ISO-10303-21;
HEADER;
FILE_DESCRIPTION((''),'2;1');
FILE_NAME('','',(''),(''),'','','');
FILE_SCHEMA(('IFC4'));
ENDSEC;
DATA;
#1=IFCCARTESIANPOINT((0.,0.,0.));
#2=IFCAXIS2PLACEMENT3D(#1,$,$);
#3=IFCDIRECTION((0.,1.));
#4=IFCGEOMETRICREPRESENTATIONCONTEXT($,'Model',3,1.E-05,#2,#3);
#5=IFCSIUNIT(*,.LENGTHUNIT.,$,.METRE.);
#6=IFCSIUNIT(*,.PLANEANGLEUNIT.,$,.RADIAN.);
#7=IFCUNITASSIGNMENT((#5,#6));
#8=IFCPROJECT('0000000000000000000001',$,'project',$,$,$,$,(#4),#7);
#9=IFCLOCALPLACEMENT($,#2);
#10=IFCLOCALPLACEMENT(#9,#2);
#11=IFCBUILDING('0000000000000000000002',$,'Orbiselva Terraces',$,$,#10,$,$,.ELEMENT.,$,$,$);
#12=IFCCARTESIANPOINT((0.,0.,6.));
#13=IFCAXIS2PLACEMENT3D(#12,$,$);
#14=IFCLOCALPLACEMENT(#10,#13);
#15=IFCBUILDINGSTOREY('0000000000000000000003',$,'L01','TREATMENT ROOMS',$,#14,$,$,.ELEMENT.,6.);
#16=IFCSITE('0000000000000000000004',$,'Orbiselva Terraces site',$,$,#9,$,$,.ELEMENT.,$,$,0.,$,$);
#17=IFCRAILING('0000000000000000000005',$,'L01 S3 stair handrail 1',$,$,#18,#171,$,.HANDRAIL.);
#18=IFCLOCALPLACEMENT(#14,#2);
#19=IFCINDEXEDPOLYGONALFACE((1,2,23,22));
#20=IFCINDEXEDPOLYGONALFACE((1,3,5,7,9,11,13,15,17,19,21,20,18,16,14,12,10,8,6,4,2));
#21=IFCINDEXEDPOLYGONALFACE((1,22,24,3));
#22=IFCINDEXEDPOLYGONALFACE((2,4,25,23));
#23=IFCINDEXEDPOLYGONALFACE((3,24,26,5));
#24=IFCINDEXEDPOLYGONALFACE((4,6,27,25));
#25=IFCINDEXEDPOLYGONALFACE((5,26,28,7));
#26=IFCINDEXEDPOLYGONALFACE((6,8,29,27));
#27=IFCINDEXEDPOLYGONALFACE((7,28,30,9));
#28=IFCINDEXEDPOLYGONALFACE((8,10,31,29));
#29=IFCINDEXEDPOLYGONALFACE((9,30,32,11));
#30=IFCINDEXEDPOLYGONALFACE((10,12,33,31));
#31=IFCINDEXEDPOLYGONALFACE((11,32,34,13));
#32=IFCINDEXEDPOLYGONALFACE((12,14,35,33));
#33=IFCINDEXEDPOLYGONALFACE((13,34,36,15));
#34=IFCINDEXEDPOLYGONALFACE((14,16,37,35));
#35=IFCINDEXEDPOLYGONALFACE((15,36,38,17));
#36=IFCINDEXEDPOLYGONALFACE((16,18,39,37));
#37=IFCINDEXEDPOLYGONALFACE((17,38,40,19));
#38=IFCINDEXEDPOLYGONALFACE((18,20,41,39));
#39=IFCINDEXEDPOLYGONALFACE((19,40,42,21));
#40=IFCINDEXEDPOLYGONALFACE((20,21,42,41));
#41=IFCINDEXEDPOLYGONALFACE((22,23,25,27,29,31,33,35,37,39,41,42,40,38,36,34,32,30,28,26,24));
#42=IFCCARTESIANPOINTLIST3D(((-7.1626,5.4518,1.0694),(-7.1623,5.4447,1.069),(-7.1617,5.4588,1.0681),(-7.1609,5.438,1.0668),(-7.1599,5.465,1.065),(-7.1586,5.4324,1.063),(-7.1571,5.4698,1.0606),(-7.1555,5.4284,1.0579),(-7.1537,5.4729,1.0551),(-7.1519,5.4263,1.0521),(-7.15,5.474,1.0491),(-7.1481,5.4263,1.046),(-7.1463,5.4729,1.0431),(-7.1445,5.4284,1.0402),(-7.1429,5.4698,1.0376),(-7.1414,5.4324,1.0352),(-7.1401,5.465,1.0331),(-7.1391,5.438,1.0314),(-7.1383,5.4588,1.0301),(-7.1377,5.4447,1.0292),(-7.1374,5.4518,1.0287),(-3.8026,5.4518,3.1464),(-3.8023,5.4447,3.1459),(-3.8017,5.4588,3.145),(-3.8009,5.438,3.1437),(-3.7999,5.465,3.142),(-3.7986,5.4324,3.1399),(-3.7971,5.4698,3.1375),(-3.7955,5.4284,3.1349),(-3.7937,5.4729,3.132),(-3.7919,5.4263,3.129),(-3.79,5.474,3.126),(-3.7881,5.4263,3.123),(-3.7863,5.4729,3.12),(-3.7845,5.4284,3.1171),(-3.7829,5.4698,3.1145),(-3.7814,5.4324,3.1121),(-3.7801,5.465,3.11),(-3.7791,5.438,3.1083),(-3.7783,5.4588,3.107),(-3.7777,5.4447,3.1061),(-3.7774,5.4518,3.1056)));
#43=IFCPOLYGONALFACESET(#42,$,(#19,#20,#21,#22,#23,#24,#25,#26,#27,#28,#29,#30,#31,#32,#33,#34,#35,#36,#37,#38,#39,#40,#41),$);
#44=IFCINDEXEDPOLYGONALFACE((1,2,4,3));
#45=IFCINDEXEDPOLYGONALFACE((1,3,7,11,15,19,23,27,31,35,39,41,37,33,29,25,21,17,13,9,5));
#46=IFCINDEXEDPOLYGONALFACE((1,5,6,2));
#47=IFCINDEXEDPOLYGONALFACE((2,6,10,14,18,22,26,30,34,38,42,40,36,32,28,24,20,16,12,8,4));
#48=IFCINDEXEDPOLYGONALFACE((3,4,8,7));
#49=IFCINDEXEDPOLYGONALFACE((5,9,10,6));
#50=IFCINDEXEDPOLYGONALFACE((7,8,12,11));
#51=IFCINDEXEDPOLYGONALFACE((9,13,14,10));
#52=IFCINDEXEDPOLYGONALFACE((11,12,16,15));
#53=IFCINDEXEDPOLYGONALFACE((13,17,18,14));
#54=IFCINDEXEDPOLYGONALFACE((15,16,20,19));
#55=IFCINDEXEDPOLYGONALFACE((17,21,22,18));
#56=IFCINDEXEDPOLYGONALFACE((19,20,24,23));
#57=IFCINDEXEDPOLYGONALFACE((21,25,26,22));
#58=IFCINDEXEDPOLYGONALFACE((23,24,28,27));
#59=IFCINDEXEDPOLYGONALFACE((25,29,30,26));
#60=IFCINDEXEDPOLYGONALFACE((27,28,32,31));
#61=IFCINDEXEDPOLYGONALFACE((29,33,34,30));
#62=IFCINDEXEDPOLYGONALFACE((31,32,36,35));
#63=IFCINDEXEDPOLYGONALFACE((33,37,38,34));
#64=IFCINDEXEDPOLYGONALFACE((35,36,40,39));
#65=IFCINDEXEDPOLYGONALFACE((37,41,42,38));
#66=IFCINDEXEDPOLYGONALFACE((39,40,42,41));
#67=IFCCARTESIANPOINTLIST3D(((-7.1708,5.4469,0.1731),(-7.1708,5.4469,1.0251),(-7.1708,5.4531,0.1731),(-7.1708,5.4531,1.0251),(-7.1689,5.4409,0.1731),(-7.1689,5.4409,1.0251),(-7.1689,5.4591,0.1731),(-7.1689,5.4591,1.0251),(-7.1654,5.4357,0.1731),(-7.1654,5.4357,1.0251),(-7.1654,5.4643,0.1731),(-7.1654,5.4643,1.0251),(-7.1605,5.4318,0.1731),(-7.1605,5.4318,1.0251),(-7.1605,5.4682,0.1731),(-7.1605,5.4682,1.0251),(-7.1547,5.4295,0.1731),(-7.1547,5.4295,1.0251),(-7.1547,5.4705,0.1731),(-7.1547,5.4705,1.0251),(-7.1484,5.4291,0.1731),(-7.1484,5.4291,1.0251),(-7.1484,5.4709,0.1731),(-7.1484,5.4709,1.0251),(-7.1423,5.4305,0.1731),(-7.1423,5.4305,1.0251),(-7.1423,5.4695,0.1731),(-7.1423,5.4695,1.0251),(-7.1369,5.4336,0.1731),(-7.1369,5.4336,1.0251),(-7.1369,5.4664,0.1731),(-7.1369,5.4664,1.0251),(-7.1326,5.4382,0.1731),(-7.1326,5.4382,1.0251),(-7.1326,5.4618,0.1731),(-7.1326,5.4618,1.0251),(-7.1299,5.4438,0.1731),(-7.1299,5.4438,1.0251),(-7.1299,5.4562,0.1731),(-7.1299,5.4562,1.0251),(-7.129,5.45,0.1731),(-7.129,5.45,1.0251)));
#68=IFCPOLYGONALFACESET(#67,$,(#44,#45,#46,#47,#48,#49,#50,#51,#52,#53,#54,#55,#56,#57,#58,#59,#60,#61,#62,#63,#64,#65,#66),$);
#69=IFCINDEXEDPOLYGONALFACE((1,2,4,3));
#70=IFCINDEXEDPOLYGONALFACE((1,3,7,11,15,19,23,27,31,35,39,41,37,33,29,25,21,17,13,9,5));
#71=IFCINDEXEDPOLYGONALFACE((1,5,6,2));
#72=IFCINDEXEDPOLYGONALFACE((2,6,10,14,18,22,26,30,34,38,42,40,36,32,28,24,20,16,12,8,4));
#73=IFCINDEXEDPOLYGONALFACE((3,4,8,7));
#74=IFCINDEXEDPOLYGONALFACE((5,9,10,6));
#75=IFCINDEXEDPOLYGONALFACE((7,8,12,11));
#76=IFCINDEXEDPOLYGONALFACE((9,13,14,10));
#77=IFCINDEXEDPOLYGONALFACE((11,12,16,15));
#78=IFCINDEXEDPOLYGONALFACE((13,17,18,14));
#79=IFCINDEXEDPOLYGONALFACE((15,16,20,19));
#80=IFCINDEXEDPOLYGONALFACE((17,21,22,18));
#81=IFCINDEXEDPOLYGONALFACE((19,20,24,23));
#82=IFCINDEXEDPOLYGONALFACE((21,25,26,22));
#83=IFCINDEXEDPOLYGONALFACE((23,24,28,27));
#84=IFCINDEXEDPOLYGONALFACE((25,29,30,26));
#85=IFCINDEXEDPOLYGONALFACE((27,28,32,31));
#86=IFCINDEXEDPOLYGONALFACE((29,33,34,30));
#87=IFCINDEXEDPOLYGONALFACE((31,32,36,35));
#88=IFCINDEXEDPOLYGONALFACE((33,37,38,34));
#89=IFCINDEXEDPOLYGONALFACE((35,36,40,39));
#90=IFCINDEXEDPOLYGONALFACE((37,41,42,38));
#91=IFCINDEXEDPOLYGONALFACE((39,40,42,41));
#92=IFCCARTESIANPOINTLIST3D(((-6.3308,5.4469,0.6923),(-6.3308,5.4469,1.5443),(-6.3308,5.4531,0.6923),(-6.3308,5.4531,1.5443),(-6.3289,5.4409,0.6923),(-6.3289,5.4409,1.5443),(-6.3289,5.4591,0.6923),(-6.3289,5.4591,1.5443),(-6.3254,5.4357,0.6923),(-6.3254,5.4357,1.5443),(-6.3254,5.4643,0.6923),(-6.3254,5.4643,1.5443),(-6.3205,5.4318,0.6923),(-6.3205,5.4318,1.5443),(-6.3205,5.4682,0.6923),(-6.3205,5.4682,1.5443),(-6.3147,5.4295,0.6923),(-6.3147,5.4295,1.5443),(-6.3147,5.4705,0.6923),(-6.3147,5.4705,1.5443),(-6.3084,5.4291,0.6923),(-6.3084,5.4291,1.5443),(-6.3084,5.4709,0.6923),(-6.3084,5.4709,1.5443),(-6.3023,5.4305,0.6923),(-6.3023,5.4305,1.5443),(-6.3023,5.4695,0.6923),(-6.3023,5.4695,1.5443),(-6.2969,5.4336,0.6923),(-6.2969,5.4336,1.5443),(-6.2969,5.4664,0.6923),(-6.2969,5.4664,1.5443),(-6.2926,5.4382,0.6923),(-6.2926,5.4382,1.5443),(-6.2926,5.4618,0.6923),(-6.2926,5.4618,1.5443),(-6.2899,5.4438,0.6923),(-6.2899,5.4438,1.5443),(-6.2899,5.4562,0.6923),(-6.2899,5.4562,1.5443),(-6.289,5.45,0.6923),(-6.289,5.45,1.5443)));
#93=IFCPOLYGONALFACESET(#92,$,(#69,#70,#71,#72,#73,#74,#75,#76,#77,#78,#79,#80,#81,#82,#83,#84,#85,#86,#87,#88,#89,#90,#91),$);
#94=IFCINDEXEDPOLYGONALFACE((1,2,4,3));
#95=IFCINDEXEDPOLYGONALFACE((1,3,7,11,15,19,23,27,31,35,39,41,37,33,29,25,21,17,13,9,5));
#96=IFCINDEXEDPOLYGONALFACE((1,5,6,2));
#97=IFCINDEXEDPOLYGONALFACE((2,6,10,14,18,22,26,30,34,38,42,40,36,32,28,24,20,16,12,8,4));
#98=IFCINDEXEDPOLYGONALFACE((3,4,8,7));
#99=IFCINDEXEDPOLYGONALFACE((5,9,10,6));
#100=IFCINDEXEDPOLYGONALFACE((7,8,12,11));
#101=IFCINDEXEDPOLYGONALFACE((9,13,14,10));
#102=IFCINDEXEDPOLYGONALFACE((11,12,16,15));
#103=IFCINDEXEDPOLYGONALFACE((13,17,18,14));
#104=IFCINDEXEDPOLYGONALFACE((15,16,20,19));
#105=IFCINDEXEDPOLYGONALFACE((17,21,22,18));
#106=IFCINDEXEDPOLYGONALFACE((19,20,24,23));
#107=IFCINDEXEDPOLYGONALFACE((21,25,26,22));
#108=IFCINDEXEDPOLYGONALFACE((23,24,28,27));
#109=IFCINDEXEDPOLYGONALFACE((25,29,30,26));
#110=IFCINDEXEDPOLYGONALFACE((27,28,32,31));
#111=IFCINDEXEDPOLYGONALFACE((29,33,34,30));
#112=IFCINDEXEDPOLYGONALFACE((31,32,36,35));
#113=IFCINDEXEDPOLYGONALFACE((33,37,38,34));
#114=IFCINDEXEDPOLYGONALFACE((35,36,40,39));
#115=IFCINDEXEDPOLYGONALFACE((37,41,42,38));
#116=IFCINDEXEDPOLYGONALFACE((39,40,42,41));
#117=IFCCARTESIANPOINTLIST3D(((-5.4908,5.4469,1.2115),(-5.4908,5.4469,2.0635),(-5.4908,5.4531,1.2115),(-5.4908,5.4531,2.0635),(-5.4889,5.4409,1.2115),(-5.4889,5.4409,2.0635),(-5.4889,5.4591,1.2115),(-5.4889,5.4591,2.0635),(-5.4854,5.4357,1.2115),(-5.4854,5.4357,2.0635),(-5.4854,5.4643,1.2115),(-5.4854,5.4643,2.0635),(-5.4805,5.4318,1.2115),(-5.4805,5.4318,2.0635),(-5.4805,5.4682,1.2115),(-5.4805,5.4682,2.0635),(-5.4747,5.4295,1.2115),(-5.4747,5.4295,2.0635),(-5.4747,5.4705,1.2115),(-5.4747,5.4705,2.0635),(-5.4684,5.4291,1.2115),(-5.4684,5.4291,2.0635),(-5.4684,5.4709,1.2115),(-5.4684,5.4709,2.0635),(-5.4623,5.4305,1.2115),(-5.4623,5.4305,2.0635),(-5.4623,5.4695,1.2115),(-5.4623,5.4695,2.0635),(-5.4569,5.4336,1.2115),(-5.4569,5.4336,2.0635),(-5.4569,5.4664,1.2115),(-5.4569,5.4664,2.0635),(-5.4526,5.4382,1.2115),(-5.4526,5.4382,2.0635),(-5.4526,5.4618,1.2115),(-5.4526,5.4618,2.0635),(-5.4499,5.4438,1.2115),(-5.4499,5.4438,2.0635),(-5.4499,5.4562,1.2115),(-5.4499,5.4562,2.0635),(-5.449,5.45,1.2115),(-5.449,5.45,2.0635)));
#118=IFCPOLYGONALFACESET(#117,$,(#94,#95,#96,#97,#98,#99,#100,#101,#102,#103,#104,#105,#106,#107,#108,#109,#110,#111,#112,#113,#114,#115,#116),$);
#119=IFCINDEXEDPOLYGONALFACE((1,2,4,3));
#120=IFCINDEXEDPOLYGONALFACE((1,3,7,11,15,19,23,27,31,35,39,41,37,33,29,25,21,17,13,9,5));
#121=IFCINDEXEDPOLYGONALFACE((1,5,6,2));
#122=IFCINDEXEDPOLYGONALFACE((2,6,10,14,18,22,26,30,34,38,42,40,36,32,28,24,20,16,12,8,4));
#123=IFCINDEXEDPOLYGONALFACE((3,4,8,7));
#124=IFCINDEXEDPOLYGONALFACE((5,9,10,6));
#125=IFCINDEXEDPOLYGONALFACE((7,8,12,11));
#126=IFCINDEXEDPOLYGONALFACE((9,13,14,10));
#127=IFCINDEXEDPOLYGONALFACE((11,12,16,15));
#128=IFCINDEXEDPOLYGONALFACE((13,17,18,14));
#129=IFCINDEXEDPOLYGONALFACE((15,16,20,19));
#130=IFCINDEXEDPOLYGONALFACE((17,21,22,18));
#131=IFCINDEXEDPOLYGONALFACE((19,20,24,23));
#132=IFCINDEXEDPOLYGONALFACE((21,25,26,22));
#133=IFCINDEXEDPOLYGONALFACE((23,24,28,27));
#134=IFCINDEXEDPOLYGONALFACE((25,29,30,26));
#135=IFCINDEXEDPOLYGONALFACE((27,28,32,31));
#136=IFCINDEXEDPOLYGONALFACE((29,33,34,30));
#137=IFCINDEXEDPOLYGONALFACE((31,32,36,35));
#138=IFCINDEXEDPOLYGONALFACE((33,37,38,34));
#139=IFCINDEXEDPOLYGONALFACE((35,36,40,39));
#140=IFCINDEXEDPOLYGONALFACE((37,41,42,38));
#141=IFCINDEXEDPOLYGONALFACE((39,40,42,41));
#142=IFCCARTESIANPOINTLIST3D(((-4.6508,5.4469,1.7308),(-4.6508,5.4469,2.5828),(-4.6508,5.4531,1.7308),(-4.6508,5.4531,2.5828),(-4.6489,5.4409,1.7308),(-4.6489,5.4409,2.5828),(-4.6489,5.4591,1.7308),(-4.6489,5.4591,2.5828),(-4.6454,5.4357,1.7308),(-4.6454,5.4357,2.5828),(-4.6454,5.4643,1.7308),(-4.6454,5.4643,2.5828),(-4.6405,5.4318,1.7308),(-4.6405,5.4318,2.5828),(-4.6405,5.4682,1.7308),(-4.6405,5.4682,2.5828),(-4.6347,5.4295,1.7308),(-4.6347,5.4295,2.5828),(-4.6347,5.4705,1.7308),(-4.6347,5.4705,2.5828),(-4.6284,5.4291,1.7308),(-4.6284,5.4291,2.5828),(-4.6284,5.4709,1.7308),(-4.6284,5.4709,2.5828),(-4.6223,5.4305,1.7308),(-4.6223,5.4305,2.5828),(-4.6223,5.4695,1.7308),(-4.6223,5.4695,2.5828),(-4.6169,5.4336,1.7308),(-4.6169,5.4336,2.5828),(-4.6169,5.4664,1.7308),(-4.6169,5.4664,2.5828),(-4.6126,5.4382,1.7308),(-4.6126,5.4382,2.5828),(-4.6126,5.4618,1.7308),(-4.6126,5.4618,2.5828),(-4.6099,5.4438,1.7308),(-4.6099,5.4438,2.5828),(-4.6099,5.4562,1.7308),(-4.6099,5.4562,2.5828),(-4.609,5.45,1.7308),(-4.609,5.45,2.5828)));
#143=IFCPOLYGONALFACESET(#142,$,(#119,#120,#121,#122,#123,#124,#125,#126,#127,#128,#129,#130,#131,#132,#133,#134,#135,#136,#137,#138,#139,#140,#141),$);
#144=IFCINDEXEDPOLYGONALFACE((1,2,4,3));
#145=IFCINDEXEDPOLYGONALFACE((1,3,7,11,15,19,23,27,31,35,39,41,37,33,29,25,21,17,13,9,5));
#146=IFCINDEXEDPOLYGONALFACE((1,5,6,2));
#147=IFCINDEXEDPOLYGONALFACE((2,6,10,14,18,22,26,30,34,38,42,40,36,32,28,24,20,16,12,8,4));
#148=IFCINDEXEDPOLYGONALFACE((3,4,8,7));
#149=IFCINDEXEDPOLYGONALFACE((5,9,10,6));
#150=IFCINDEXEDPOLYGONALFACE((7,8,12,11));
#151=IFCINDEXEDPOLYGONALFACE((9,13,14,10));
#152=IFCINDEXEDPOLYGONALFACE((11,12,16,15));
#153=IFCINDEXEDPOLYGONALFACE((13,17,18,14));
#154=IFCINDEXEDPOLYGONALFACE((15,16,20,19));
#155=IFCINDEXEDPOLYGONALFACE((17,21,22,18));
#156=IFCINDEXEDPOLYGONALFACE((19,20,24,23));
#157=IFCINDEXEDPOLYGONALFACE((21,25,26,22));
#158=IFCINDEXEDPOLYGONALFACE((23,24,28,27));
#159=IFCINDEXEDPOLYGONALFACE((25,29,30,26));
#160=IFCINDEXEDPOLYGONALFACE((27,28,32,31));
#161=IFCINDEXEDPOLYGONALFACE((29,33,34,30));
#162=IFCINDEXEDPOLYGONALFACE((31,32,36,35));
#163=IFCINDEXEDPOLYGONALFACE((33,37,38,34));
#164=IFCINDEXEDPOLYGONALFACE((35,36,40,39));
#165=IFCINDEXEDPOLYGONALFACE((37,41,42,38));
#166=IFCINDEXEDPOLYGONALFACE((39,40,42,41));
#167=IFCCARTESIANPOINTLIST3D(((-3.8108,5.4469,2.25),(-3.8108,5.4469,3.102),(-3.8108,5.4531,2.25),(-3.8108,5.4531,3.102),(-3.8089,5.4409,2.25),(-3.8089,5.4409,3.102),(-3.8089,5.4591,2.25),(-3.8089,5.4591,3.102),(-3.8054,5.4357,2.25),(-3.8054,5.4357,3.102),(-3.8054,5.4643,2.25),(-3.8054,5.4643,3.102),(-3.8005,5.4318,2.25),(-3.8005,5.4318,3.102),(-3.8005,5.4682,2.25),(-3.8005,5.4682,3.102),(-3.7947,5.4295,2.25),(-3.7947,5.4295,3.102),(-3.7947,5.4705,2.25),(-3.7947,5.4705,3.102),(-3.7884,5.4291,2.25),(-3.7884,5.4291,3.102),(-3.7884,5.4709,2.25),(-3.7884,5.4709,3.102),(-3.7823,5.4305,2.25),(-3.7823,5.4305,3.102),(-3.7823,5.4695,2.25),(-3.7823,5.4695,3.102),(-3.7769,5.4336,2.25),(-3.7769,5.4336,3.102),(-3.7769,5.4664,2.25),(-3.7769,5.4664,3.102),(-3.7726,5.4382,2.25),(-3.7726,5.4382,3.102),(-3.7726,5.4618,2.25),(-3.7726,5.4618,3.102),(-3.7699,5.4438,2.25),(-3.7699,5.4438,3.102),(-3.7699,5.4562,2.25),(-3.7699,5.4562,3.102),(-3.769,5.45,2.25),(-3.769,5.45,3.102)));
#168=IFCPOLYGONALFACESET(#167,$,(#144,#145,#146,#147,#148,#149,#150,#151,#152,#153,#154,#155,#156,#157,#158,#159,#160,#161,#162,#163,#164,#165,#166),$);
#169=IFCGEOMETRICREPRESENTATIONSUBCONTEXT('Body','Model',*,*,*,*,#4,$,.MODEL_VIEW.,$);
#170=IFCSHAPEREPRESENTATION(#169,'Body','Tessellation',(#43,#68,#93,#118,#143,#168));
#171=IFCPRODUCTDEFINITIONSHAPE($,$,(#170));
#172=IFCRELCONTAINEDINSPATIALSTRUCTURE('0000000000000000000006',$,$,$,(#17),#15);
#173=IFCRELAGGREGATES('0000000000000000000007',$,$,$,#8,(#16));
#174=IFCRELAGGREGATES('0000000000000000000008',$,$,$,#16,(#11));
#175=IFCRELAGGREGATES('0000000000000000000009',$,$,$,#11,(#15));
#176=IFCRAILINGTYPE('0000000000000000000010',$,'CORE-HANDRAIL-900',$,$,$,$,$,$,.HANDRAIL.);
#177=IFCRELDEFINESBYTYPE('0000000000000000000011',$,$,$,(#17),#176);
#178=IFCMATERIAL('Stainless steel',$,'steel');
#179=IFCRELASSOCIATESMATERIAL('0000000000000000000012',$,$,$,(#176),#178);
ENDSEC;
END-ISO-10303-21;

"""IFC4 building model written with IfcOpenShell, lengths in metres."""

from ifc_helpers import new_model, si_unit, direction, frame, origin, origin_2d, place, context, subcontext, project, spatial, circle, extrude, material, type_object, element, save


model = new_model("IFC4")

# Units and contexts
model_context = context("Model", 3, precision=1e-05, world=origin(), true_north=direction((0.0, 1.0)))
body_context = subcontext(model_context, "Body", "Model", "MODEL_VIEW")
ifc_project = project(units=[si_unit("LENGTHUNIT", "METRE"), si_unit("PLANEANGLEUNIT", "RADIAN")], contexts=[model_context])

# Site, building, storey
site_placement = place(None, origin())
site = spatial("IfcSite", under=ifc_project, at=site_placement, Name="Orbiselva Terraces site", CompositionType="ELEMENT", RefElevation=0.0)
building_placement = place(site_placement, origin())
building = spatial("IfcBuilding", under=site, at=building_placement, Name="Orbiselva Terraces", CompositionType="ELEMENT")
storey_placement = place(building_placement, frame((0.0, 0.0, 6.0)))
storey = spatial("IfcBuildingStorey", under=building, at=storey_placement, Name="L01", Description="TREATMENT ROOMS", CompositionType="ELEMENT", Elevation=6.0)

# Railing
ifc_material_1 = material(Name="Stainless steel", Category="steel")
railing_type_1 = type_object("IfcRailingType", Name="CORE-HANDRAIL-900", PredefinedType="HANDRAIL", material=ifc_material_1)
railing_1_placement = place(storey_placement, frame((-7.15, 5.45, 0.1731)))
element("IfcRailing", 1, at=railing_1_placement, inside=storey, type_object=railing_type_1, Name="L01 S3 stair handrail 1", PredefinedType="HANDRAIL", context=body_context, shape_type="SweptSolid", body=[
    extrude(circle(Radius=0.024, at=origin_2d()), frame((0.0, 0.0, 0.876), z_axis=(0.850614, 0.0, 0.525791), x_axis=(0.0, 1.0, 0.0)), (0.0, 0.0, 1.0), 3.9501),
    extrude(circle(Radius=0.021, at=origin_2d()), origin(), (0.0, 0.0, 1.0), 0.852),
    extrude(circle(Radius=0.021, at=origin_2d()), frame((0.84, 0.0, 0.5192)), (0.0, 0.0, 1.0), 0.852),
    extrude(circle(Radius=0.021, at=origin_2d()), frame((1.68, 0.0, 1.0385)), (0.0, 0.0, 1.0), 0.852),
    extrude(circle(Radius=0.021, at=origin_2d()), frame((2.52, 0.0, 1.5577)), (0.0, 0.0, 1.0), 0.852),
    extrude(circle(Radius=0.021, at=origin_2d()), frame((3.36, 0.0, 2.0769)), (0.0, 0.0, 1.0), 0.852),
])

save(model, "model.ifc")
